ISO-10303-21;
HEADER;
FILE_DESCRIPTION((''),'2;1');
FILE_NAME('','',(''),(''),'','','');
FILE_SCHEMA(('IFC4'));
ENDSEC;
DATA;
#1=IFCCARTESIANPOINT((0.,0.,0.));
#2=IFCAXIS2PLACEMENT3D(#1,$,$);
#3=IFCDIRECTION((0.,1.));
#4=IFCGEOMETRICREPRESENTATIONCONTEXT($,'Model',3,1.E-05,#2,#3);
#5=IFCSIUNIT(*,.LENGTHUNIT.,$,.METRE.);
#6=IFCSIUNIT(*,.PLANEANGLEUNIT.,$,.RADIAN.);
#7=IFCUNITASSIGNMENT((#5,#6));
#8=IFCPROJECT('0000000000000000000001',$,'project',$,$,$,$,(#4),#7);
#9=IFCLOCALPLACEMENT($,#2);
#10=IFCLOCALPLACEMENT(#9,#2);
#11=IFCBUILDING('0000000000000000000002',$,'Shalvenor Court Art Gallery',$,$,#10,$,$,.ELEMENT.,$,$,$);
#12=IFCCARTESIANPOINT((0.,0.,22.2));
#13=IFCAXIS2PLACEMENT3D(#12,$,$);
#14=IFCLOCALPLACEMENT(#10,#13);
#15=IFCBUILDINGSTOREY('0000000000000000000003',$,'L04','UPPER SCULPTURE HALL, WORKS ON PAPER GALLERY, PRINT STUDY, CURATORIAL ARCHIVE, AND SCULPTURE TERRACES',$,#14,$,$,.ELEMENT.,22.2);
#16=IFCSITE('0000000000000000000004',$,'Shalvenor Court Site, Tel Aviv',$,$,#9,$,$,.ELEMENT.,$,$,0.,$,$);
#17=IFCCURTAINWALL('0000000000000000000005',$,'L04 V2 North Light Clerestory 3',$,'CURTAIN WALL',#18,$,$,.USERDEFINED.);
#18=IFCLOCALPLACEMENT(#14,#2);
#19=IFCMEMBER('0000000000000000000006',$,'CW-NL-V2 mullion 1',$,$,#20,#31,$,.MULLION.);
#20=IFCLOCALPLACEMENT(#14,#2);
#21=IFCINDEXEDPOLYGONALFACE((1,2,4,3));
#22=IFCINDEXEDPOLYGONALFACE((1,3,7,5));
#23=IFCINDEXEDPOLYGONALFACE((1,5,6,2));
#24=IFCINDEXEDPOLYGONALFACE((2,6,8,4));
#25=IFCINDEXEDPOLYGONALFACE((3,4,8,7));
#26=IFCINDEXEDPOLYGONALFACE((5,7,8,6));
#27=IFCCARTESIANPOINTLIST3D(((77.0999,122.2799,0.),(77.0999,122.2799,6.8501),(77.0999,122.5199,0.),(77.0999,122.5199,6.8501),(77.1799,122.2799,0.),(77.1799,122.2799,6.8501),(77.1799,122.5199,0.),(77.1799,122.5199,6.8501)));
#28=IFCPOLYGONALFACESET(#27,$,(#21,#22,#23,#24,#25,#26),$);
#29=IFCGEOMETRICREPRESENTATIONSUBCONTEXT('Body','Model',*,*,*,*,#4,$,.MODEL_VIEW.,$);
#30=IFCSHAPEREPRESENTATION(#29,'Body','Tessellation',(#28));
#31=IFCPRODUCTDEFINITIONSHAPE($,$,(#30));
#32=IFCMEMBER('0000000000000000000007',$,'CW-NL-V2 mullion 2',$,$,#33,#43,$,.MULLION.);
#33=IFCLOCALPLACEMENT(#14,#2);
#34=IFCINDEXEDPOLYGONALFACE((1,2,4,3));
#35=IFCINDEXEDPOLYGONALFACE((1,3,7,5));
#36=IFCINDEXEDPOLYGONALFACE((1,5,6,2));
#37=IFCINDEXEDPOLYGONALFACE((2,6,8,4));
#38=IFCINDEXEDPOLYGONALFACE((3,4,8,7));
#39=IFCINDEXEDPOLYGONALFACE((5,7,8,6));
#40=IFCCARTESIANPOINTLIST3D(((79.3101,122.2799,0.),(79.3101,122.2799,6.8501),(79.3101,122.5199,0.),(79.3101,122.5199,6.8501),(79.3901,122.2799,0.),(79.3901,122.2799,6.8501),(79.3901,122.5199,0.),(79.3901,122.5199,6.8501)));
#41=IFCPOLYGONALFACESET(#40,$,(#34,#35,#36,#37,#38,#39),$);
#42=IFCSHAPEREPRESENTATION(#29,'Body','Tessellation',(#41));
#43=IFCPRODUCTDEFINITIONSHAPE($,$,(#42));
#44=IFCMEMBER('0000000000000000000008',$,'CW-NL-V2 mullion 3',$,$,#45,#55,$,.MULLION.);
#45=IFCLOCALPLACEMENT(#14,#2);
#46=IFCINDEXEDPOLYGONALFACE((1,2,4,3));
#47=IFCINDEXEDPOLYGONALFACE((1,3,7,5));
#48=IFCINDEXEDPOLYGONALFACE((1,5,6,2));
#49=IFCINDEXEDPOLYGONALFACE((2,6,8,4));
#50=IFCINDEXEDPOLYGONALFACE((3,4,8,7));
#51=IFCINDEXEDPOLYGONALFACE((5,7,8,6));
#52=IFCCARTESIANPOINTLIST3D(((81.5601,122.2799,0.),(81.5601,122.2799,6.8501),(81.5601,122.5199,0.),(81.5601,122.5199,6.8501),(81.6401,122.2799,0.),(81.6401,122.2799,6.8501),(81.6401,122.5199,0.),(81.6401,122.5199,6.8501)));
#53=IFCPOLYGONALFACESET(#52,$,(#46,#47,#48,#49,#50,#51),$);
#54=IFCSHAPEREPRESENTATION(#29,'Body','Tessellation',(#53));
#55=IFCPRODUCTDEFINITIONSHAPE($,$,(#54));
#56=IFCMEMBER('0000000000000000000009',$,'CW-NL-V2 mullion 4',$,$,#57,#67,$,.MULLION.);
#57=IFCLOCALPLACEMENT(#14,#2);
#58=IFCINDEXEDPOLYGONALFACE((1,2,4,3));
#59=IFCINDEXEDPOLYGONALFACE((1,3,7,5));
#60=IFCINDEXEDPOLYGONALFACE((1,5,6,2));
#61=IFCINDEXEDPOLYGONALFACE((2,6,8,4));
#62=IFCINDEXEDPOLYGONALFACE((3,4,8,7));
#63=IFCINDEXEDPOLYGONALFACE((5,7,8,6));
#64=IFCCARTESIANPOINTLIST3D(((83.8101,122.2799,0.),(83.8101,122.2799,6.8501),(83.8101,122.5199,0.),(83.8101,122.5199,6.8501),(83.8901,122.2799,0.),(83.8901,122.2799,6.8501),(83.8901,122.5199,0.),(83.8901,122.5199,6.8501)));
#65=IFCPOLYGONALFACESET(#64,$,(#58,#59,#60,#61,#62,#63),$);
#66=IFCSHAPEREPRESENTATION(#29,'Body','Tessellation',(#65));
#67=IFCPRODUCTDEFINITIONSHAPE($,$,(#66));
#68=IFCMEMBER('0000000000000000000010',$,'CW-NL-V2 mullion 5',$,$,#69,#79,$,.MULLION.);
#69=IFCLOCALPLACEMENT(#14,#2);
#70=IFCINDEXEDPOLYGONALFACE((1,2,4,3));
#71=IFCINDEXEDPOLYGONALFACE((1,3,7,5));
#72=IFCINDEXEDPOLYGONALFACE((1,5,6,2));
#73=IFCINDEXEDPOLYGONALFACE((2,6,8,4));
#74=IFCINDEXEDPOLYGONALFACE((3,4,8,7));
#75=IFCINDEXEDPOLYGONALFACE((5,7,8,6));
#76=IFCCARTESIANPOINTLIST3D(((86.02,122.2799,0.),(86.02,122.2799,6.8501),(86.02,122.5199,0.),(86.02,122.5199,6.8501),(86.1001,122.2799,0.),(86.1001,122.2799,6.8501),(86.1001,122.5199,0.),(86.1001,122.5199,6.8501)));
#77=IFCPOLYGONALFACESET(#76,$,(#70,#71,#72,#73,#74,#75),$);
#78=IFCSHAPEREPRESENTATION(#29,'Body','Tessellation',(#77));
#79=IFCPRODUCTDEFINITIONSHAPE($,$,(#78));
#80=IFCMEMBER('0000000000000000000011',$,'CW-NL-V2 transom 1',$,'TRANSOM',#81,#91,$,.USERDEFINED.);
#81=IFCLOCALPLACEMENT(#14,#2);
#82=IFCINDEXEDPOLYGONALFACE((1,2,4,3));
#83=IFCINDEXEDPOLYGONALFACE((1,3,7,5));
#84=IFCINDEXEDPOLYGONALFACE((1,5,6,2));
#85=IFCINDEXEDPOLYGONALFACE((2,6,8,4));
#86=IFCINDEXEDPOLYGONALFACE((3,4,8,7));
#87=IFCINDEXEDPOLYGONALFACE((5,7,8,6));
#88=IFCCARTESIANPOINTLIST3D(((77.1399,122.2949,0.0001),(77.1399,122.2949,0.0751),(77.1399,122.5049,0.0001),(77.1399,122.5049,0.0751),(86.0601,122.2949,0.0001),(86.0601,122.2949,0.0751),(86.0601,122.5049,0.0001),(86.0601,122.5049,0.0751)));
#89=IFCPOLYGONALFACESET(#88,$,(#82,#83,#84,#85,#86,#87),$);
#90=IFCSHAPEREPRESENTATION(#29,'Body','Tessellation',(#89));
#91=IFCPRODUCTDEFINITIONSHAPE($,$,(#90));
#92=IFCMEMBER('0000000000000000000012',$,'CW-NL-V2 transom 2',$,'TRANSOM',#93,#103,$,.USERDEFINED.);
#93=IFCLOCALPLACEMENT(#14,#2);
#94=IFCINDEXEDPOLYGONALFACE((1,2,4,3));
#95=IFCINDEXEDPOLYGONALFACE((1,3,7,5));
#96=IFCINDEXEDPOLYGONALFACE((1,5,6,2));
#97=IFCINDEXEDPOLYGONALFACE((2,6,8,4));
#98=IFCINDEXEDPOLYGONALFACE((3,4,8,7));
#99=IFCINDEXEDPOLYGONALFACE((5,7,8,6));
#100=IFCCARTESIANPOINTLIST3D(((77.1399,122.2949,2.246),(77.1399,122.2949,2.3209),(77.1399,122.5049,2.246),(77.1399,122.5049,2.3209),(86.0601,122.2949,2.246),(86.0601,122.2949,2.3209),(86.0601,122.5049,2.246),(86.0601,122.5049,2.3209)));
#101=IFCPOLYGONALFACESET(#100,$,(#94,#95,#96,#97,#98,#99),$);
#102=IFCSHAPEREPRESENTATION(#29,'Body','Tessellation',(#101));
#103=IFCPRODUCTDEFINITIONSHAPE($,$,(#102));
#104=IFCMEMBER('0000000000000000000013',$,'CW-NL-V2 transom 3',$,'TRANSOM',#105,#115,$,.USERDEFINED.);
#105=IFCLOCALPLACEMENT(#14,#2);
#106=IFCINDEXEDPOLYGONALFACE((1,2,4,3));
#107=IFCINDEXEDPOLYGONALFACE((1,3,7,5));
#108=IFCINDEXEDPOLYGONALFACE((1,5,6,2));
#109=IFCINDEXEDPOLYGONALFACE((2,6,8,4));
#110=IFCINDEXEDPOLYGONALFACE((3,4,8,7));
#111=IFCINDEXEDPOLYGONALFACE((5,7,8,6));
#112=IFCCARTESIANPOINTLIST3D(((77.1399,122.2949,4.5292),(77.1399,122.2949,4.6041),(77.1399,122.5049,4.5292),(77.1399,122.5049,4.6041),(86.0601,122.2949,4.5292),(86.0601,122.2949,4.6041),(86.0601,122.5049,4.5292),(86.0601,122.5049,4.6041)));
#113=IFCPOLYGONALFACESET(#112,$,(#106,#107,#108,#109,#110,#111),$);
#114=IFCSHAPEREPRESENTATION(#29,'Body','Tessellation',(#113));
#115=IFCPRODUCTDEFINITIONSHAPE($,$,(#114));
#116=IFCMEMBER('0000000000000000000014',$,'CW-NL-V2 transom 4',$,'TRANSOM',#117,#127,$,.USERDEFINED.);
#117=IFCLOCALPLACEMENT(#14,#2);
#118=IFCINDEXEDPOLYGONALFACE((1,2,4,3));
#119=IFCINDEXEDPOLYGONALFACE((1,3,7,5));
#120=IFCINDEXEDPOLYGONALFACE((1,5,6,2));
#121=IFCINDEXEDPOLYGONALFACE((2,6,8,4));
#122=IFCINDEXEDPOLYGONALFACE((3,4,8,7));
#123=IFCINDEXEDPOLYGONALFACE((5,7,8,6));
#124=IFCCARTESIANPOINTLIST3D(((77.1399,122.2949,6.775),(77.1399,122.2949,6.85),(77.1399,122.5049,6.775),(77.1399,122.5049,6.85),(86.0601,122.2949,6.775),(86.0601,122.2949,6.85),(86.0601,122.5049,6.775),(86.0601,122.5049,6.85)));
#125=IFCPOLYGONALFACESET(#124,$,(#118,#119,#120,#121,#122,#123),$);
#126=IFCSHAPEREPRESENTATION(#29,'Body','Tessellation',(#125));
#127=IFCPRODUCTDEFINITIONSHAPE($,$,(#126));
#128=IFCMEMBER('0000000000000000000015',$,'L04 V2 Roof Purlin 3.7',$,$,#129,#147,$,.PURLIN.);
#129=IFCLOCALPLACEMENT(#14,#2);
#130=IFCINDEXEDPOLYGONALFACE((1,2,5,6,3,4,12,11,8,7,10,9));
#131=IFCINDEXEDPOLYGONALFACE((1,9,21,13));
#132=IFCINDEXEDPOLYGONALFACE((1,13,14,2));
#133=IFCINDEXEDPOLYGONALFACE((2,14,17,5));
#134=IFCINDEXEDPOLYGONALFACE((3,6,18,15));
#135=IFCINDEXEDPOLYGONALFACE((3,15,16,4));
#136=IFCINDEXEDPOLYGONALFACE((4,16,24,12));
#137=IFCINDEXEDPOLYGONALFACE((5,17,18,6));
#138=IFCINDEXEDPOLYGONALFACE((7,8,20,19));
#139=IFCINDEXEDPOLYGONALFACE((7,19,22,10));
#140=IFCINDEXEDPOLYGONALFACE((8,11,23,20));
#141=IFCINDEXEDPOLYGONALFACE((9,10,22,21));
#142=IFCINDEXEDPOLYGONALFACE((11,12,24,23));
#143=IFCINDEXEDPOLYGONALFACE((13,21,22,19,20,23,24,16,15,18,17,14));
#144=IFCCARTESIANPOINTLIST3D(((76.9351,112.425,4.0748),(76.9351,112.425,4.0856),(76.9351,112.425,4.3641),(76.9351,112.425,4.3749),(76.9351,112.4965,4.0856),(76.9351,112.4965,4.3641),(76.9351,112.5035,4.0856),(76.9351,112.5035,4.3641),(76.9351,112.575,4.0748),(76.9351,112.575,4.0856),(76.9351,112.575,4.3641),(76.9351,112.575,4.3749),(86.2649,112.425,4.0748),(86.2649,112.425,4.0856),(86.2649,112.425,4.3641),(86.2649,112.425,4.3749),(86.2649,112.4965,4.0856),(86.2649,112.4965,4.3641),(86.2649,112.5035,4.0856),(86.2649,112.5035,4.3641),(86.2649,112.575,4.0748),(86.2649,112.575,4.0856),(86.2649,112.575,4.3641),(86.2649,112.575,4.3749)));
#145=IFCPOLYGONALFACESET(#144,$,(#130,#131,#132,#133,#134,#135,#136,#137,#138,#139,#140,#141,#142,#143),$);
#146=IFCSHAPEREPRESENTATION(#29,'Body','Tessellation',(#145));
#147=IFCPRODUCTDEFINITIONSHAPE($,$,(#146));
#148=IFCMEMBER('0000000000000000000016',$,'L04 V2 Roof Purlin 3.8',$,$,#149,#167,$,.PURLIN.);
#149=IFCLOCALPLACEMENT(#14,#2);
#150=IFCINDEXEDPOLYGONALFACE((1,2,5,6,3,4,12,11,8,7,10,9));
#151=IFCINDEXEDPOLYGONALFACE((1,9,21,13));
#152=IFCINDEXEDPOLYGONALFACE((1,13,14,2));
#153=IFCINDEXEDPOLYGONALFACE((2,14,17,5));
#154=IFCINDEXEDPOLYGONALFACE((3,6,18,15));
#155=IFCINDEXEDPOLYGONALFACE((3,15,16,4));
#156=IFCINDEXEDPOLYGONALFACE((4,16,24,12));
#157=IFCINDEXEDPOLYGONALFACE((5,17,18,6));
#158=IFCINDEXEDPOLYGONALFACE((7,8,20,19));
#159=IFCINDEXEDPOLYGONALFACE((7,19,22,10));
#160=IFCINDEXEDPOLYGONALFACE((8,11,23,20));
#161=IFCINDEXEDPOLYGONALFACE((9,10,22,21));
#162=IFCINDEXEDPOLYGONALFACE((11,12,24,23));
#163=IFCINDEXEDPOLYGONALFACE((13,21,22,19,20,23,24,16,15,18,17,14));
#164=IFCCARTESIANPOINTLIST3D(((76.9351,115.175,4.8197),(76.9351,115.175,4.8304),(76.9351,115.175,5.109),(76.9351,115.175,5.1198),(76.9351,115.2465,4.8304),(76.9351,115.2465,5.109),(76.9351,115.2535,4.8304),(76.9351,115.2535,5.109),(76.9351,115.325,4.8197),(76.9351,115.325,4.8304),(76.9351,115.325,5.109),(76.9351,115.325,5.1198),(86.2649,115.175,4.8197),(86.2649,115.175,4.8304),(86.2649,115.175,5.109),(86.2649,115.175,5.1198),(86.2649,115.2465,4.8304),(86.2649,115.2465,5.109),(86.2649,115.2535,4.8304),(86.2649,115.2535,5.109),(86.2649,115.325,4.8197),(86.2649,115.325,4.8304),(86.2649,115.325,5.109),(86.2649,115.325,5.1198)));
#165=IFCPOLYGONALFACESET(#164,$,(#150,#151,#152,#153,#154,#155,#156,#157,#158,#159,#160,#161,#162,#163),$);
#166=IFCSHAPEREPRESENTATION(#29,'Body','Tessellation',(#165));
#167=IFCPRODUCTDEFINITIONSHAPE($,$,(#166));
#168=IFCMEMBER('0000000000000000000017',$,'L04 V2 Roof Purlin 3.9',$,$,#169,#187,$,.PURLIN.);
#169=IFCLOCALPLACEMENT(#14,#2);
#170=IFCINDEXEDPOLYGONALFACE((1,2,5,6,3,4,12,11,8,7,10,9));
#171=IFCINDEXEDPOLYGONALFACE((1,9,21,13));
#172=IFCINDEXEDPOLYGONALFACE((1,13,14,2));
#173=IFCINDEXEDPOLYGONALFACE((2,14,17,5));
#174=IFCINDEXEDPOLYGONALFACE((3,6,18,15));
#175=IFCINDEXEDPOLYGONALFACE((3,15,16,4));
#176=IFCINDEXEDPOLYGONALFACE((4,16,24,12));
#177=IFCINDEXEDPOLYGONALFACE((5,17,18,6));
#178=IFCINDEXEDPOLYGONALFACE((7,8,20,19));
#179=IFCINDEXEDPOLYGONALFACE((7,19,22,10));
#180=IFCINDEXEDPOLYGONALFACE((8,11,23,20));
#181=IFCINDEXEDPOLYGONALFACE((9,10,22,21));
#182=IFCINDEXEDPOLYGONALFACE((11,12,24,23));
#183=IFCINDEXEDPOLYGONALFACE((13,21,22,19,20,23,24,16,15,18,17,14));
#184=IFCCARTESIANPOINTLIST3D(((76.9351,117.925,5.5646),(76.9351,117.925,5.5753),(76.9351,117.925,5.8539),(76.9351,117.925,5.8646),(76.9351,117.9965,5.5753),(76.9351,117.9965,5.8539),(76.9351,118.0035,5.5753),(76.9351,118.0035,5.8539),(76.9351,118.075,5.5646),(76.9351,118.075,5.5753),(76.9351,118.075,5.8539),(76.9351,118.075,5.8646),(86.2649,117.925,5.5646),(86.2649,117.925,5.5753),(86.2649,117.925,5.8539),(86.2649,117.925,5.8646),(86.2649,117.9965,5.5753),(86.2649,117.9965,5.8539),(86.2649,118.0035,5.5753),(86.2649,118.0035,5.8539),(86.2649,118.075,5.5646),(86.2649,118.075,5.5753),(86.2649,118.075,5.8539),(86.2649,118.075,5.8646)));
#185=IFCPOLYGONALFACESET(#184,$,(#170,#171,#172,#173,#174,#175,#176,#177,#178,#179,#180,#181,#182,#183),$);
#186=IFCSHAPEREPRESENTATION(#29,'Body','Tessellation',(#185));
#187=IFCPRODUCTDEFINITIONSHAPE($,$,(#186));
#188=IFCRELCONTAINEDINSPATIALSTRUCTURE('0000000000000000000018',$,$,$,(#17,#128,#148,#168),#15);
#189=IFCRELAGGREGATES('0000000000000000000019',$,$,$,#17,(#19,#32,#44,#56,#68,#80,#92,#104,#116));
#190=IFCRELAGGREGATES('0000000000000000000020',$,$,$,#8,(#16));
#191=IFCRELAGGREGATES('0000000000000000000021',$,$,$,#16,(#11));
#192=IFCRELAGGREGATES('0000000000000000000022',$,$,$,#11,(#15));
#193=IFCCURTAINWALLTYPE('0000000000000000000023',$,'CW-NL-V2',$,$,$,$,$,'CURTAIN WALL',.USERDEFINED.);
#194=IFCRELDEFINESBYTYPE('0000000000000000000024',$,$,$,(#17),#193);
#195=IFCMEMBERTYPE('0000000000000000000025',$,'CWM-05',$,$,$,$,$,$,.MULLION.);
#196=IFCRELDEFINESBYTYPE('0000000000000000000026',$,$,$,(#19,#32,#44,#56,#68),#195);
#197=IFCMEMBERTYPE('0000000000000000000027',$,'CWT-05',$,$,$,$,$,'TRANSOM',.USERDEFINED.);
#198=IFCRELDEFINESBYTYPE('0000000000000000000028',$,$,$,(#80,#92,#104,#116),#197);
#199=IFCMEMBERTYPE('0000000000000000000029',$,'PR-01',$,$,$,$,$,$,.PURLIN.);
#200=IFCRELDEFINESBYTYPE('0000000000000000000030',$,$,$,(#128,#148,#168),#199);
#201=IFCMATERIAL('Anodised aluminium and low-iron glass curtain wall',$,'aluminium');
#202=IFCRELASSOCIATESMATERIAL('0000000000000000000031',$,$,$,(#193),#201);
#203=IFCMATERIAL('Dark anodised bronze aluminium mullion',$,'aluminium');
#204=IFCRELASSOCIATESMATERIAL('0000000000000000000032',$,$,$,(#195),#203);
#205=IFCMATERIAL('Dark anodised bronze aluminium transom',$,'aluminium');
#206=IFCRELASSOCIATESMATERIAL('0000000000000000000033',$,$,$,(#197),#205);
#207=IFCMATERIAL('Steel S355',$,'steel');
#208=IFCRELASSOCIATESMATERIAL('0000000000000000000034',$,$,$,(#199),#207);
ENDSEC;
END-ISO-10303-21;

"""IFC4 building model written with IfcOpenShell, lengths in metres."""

from ifc_helpers import new_model, si_unit, direction, frame, origin, origin_2d, place, context, subcontext, project, spatial, rectangle, i_section, extrude, material, material_profile, profile_set, type_object, element, aggregate, save


model = new_model("IFC4")

# Units and contexts
model_context = context("Model", 3, precision=1e-05, world=origin(), true_north=direction((0.0, 1.0)))
body_context = subcontext(model_context, "Body", "Model", "MODEL_VIEW")
ifc_project = project(units=[si_unit("LENGTHUNIT", "METRE"), si_unit("PLANEANGLEUNIT", "RADIAN")], contexts=[model_context])

# Site, building, storey
site_placement = place(None, origin())
site = spatial("IfcSite", under=ifc_project, at=site_placement, Name="Shalvenor Court Site, Tel Aviv", CompositionType="ELEMENT", RefElevation=0.0)
building_placement = place(site_placement, origin())
building = spatial("IfcBuilding", under=site, at=building_placement, Name="Shalvenor Court Art Gallery", CompositionType="ELEMENT")
storey_placement = place(building_placement, frame((0.0, 0.0, 22.2)))
storey = spatial("IfcBuildingStorey", under=building, at=storey_placement, Name="L04", Description="UPPER SCULPTURE HALL, WORKS ON PAPER GALLERY, PRINT STUDY, CURATORIAL ARCHIVE, AND SCULPTURE TERRACES", CompositionType="ELEMENT", Elevation=22.2)

# Curtain wall, members
ifc_material_1 = material(Name="Anodised aluminium and low-iron glass curtain wall", Category="aluminium")
curtain_wall_type = type_object("IfcCurtainWallType", Name="CW-NL-V2", ElementType="CURTAIN WALL", PredefinedType="USERDEFINED", material=ifc_material_1)
curtain_wall_placement = place(storey_placement, origin())
curtain_wall = element("IfcCurtainWall", 1, at=curtain_wall_placement, inside=storey, type_object=curtain_wall_type, Name="L04 V2 North Light Clerestory 3", ObjectType="CURTAIN WALL", PredefinedType="USERDEFINED")
ifc_material_2 = material(Name="Dark anodised bronze aluminium mullion", Category="aluminium")
ifc_material_profile_1 = material_profile(ifc_material_2, rectangle(XDim=0.0801, YDim=0.24, at=origin_2d()), Name="CWM-05")
ifc_profile_set_1 = profile_set([ifc_material_profile_1], Name="Dark anodised bronze aluminium mullion")
member_type_1 = type_object("IfcMemberType", Name="CWM-05", PredefinedType="MULLION", material=ifc_profile_set_1)
member_1_placement = place(storey_placement, frame((77.1399, 122.3999, 0.0), z_axis=(0.0, 0.0, 1.0), x_axis=(1.0, 0.0, 0.0)))
member_1 = element("IfcMember", 2, at=member_1_placement, type_object=member_type_1, Name="CW-NL-V2 mullion 1", PredefinedType="MULLION", context=body_context, shape_type="SweptSolid", body=[
    extrude(rectangle(XDim=0.0801, YDim=0.24, at=origin_2d()), origin(), (0.0, 0.0, 1.0), 6.8501),
])
member_2_placement = place(storey_placement, frame((79.3501, 122.3999, 0.0), z_axis=(0.0, 0.0, 1.0), x_axis=(1.0, 0.0, 0.0)))
member_2 = element("IfcMember", 3, at=member_2_placement, type_object=member_type_1, Name="CW-NL-V2 mullion 2", PredefinedType="MULLION", context=body_context, shape_type="SweptSolid", body=[
    extrude(rectangle(XDim=0.0801, YDim=0.24, at=origin_2d()), origin(), (0.0, 0.0, 1.0), 6.8501),
])
member_3_placement = place(storey_placement, frame((81.6001, 122.3999, 0.0), z_axis=(0.0, 0.0, 1.0), x_axis=(1.0, 0.0, 0.0)))
member_3 = element("IfcMember", 4, at=member_3_placement, type_object=member_type_1, Name="CW-NL-V2 mullion 3", PredefinedType="MULLION", context=body_context, shape_type="SweptSolid", body=[
    extrude(rectangle(XDim=0.0801, YDim=0.24, at=origin_2d()), origin(), (0.0, 0.0, 1.0), 6.8501),
])
member_4_placement = place(storey_placement, frame((83.8501, 122.3999, 0.0), z_axis=(0.0, 0.0, 1.0), x_axis=(1.0, 0.0, 0.0)))
member_4 = element("IfcMember", 5, at=member_4_placement, type_object=member_type_1, Name="CW-NL-V2 mullion 4", PredefinedType="MULLION", context=body_context, shape_type="SweptSolid", body=[
    extrude(rectangle(XDim=0.0801, YDim=0.24, at=origin_2d()), origin(), (0.0, 0.0, 1.0), 6.8501),
])
member_5_placement = place(storey_placement, frame((86.0601, 122.3999, 0.0), z_axis=(0.0, 0.0, 1.0), x_axis=(1.0, 0.0, 0.0)))
member_5 = element("IfcMember", 6, at=member_5_placement, type_object=member_type_1, Name="CW-NL-V2 mullion 5", PredefinedType="MULLION", context=body_context, shape_type="SweptSolid", body=[
    extrude(rectangle(XDim=0.0801, YDim=0.24, at=origin_2d()), origin(), (0.0, 0.0, 1.0), 6.8501),
])
ifc_material_3 = material(Name="Dark anodised bronze aluminium transom", Category="aluminium")
ifc_material_profile_2 = material_profile(ifc_material_3, rectangle(XDim=0.21, YDim=0.075, at=origin_2d()), Name="CWT-05")
ifc_profile_set_2 = profile_set([ifc_material_profile_2], Name="Dark anodised bronze aluminium transom")
member_type_2 = type_object("IfcMemberType", Name="CWT-05", ElementType="TRANSOM", PredefinedType="USERDEFINED", material=ifc_profile_set_2)
member_6_placement = place(storey_placement, frame((77.1399, 122.3999, 0.0376), z_axis=(1.0, 0.0, 0.0), x_axis=(0.0, 1.0, 0.0)))
member_6 = element("IfcMember", 7, at=member_6_placement, type_object=member_type_2, Name="CW-NL-V2 transom 1", ObjectType="TRANSOM", PredefinedType="USERDEFINED", context=body_context, shape_type="SweptSolid", body=[
    extrude(rectangle(XDim=0.21, YDim=0.075, at=origin_2d()), origin(), (0.0, 0.0, 1.0), 8.9202),
])
member_7_placement = place(storey_placement, frame((77.1399, 122.3999, 2.2834), z_axis=(1.0, 0.0, 0.0), x_axis=(0.0, 1.0, 0.0)))
member_7 = element("IfcMember", 8, at=member_7_placement, type_object=member_type_2, Name="CW-NL-V2 transom 2", ObjectType="TRANSOM", PredefinedType="USERDEFINED", context=body_context, shape_type="SweptSolid", body=[
    extrude(rectangle(XDim=0.21, YDim=0.075, at=origin_2d()), origin(), (0.0, 0.0, 1.0), 8.9202),
])
member_8_placement = place(storey_placement, frame((77.1399, 122.3999, 4.5667), z_axis=(1.0, 0.0, 0.0), x_axis=(0.0, 1.0, 0.0)))
member_8 = element("IfcMember", 9, at=member_8_placement, type_object=member_type_2, Name="CW-NL-V2 transom 3", ObjectType="TRANSOM", PredefinedType="USERDEFINED", context=body_context, shape_type="SweptSolid", body=[
    extrude(rectangle(XDim=0.21, YDim=0.075, at=origin_2d()), origin(), (0.0, 0.0, 1.0), 8.9202),
])
member_9_placement = place(storey_placement, frame((77.1399, 122.3999, 6.8125), z_axis=(1.0, 0.0, 0.0), x_axis=(0.0, 1.0, 0.0)))
member_9 = element("IfcMember", 10, at=member_9_placement, type_object=member_type_2, Name="CW-NL-V2 transom 4", ObjectType="TRANSOM", PredefinedType="USERDEFINED", context=body_context, shape_type="SweptSolid", body=[
    extrude(rectangle(XDim=0.21, YDim=0.075, at=origin_2d()), origin(), (0.0, 0.0, 1.0), 8.9202),
])

# Members
ifc_material_4 = material(Name="Steel S355", Category="steel")
ifc_material_profile_3 = material_profile(ifc_material_4, i_section(OverallWidth=0.1499, OverallDepth=0.3, WebThickness=0.0071, FlangeThickness=0.0107, at=origin_2d()), Name="IPE 300")
ifc_profile_set_3 = profile_set([ifc_material_profile_3], Name="Steel S355")
member_type_3 = type_object("IfcMemberType", Name="PR-01", PredefinedType="PURLIN", material=ifc_profile_set_3)
for number, where, z_axis, x_axis, name in (
    (11, (76.9351, 112.5, 4.2249), (1.0, 0.0, 0.0), (0.0, 1.0, 0.0), "L04 V2 Roof Purlin 3.7"),
    (12, (76.9351, 115.25, 4.9697), (1.0, 0.0, 0.0), (0.0, 1.0, 0.0), "L04 V2 Roof Purlin 3.8"),
    (13, (76.9351, 118.0, 5.7146), (1.0, 0.0, 0.0), (0.0, 1.0, 0.0), "L04 V2 Roof Purlin 3.9"),
):
    element("IfcMember", number, at=place(storey_placement, frame(where, z_axis=z_axis, x_axis=x_axis)), inside=storey, type_object=member_type_3, Name=name, PredefinedType="PURLIN", context=body_context, shape_type="SweptSolid", body=[
        extrude(i_section(OverallWidth=0.1499, OverallDepth=0.3, WebThickness=0.0071, FlangeThickness=0.0107, at=origin_2d()), origin(), (0.0, 0.0, 1.0), 9.3298),
    ])

aggregate(curtain_wall, [member_1, member_2, member_3, member_4, member_5, member_6, member_7, member_8, member_9])

save(model, "model.ifc")
